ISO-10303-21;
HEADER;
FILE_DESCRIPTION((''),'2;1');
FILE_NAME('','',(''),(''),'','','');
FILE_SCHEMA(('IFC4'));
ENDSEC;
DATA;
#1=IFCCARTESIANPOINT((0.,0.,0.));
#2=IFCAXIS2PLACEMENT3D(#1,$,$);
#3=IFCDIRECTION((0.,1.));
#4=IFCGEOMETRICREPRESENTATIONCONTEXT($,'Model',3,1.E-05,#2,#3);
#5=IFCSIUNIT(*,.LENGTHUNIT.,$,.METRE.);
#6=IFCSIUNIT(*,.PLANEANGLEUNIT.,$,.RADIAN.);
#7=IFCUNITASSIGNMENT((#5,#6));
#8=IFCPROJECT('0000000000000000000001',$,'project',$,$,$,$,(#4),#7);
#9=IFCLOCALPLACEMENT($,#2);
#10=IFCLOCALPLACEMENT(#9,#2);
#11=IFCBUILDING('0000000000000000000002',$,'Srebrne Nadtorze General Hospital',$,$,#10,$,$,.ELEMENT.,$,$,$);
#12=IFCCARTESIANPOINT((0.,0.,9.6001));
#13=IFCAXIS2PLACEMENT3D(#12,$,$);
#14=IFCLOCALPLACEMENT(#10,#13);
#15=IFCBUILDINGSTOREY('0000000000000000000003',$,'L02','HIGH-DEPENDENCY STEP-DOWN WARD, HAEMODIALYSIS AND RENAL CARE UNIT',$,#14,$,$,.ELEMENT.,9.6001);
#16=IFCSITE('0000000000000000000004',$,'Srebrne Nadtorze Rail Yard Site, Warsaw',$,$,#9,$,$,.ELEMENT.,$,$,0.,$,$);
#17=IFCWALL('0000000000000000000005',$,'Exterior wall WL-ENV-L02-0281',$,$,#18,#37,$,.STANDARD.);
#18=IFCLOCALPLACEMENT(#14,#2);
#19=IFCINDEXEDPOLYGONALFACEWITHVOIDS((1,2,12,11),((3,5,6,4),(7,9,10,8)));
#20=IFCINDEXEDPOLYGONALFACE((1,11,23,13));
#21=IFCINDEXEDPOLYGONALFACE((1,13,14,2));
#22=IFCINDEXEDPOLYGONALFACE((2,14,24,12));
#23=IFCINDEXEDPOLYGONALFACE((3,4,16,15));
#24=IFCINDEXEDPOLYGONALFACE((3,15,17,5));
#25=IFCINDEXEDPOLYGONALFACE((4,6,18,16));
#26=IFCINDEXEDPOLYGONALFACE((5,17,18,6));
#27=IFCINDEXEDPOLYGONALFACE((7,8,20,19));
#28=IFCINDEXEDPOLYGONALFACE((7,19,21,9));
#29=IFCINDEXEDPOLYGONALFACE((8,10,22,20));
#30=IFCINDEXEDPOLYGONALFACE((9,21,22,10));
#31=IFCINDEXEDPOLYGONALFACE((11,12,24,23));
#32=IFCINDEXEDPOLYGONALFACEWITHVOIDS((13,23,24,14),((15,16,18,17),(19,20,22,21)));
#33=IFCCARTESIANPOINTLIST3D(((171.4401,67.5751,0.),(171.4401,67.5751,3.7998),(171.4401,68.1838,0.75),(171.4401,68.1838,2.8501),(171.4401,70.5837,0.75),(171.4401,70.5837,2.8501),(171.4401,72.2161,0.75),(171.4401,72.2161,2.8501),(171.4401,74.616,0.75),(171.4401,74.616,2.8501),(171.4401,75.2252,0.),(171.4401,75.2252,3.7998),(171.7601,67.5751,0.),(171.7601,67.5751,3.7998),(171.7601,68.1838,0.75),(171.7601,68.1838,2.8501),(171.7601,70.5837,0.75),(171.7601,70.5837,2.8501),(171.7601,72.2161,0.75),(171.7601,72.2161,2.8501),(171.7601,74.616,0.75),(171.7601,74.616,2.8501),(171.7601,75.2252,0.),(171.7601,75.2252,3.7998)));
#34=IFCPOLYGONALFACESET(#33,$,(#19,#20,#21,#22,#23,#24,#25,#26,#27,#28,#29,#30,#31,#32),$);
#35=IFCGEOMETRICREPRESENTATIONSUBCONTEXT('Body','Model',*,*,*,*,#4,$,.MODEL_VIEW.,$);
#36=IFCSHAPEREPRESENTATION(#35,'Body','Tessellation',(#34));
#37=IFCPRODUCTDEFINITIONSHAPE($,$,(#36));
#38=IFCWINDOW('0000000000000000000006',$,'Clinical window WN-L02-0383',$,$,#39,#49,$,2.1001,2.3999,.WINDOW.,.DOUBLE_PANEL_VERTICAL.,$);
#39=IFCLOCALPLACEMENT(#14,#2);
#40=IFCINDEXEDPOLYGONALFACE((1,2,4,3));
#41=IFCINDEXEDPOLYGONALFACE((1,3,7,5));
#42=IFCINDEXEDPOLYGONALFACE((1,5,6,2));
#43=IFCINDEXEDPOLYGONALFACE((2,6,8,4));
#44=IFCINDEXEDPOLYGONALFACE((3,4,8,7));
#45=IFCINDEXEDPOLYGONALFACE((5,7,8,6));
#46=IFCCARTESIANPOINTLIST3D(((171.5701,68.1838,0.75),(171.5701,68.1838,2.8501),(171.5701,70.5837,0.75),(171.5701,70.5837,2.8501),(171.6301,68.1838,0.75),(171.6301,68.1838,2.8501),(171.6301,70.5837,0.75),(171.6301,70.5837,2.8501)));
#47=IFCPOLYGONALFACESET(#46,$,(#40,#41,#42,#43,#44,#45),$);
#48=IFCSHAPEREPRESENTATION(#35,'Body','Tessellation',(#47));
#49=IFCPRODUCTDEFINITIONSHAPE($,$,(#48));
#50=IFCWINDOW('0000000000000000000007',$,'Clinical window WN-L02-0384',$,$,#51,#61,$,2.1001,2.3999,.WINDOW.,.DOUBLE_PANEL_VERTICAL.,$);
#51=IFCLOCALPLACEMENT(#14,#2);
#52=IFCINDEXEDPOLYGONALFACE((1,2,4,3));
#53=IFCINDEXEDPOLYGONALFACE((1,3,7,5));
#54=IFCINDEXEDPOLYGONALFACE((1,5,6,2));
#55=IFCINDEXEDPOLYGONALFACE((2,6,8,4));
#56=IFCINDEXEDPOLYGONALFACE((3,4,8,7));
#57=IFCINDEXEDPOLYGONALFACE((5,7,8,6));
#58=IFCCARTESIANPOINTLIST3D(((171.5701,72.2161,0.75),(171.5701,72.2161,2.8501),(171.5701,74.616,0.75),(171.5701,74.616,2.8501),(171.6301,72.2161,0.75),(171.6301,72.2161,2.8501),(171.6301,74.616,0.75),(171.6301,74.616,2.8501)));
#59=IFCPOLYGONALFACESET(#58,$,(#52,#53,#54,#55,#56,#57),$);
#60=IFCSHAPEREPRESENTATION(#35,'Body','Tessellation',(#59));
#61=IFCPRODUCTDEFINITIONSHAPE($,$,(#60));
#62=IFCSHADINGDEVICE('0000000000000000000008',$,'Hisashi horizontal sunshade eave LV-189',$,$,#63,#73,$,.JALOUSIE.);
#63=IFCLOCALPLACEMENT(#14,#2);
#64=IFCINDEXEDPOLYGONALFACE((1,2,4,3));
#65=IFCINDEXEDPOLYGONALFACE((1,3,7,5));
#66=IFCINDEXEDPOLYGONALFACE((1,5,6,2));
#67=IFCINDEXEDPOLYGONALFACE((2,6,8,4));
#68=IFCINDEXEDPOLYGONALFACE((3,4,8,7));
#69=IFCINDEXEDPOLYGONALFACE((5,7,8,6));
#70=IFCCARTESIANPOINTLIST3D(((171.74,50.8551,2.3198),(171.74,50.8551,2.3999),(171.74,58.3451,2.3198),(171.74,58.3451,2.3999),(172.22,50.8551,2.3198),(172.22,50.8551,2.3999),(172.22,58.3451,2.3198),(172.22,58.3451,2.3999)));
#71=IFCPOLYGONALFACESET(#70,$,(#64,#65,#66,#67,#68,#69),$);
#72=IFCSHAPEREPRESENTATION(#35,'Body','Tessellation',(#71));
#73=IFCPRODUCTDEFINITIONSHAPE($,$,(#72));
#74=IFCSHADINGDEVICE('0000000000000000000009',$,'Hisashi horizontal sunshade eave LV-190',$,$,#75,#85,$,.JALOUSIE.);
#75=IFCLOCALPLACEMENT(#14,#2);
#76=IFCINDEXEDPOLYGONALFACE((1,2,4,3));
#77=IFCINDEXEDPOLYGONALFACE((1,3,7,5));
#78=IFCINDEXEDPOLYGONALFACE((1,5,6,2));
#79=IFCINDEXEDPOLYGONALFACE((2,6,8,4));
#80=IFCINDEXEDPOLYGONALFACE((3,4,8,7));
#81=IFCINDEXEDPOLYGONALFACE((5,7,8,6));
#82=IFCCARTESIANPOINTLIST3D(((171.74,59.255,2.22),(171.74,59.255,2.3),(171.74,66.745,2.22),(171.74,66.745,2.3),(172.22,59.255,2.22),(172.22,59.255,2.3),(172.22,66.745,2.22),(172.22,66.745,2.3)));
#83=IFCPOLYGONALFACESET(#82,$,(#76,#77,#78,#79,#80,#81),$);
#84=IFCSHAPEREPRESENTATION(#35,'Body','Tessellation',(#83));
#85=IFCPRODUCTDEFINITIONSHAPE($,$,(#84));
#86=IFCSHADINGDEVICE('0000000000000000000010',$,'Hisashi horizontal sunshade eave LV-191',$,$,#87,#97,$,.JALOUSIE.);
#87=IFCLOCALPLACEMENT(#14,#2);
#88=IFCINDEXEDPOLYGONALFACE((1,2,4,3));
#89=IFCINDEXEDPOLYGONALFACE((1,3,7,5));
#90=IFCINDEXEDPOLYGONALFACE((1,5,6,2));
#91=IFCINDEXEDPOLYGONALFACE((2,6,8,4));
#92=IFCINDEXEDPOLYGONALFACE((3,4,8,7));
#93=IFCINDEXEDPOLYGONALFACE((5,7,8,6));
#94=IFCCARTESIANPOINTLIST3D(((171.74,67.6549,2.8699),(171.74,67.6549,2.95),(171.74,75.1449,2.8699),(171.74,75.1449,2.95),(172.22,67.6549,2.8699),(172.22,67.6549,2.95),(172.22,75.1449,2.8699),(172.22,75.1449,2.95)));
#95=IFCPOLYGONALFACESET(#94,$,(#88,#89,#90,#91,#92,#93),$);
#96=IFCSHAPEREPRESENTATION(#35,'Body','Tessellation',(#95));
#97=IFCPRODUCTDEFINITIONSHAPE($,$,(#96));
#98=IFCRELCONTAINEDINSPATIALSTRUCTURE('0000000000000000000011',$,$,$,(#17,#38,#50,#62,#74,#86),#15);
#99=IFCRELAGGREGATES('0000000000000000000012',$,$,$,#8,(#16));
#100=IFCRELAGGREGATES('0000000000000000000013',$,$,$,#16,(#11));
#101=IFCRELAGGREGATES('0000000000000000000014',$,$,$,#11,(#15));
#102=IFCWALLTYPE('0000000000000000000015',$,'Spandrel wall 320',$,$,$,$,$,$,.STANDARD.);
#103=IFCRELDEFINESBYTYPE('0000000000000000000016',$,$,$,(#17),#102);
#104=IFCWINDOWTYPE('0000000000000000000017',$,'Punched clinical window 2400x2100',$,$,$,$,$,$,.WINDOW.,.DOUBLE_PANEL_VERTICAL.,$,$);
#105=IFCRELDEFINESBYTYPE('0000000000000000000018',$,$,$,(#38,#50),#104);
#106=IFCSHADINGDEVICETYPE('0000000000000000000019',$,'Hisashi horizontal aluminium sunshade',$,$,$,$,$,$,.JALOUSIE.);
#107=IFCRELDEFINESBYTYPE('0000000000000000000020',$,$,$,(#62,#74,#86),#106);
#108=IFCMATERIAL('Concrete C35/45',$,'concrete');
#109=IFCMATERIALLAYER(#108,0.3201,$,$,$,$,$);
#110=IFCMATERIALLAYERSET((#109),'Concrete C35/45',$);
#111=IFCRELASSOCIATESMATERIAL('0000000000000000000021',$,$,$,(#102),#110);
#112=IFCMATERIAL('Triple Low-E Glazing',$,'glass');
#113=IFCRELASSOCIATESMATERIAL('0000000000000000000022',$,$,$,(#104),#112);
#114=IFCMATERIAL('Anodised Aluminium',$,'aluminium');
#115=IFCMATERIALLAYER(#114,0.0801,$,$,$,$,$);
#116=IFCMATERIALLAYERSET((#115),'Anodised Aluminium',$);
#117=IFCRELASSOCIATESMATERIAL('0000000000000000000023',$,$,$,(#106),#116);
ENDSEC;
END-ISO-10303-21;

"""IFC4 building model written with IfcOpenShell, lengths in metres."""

from ifc_helpers import new_model, si_unit, direction, frame, frame_2d, origin, origin_2d, place, context, subcontext, project, spatial, rectangle, extrude, material, layer, layer_set, type_object, element, fill, save


model = new_model("IFC4")

# Units and contexts
model_context = context("Model", 3, precision=1e-05, world=origin(), true_north=direction((0.0, 1.0)))
body_context = subcontext(model_context, "Body", "Model", "MODEL_VIEW")
ifc_project = project(units=[si_unit("LENGTHUNIT", "METRE"), si_unit("PLANEANGLEUNIT", "RADIAN")], contexts=[model_context])

# Site, building, storey
site_placement = place(None, origin())
site = spatial("IfcSite", under=ifc_project, at=site_placement, Name="Srebrne Nadtorze Rail Yard Site, Warsaw", CompositionType="ELEMENT", RefElevation=0.0)
building_placement = place(site_placement, origin())
building = spatial("IfcBuilding", under=site, at=building_placement, Name="Srebrne Nadtorze General Hospital", CompositionType="ELEMENT")
storey_placement = place(building_placement, frame((0.0, 0.0, 9.6001)))
storey = spatial("IfcBuildingStorey", under=building, at=storey_placement, Name="L02", Description="HIGH-DEPENDENCY STEP-DOWN WARD, HAEMODIALYSIS AND RENAL CARE UNIT", CompositionType="ELEMENT", Elevation=9.6001)

# Wall, openings, windows
ifc_material_1 = material(Name="Concrete C35/45", Category="concrete")
ifc_layer_1 = layer(ifc_material_1, 0.3201)
ifc_layer_set_1 = layer_set([ifc_layer_1], Name="Concrete C35/45")
wall_type_1 = type_object("IfcWallType", Name="Spandrel wall 320", PredefinedType="STANDARD", material=ifc_layer_set_1)
wall_1_placement = place(storey_placement, frame((171.6001, 67.575, 0.0), z_axis=(0.0, 0.0, 1.0), x_axis=(0.0, 1.0, 0.0)))
wall_1 = element("IfcWall", 1, at=wall_1_placement, inside=storey, type_object=wall_type_1, Name="Exterior wall WL-ENV-L02-0281", PredefinedType="STANDARD", context=body_context, shape_type="SweptSolid", body=[
    extrude(rectangle(XDim=7.6501, YDim=0.3201, at=frame_2d((3.8252, 0.0))), origin(), (0.0, 0.0, 1.0), 3.7998),
])
opening_1_placement = place(wall_1_placement, frame((0.6089, 0.0, 0.75)))
opening_1 = element("IfcOpeningElement", 2, at=opening_1_placement, cuts=wall_1, PredefinedType="OPENING", context=body_context, shape_type="SweptSolid", body=[
    extrude(rectangle(XDim=2.3999, YDim=2.1001, at=frame_2d((1.2, 1.05))), frame((0.0, 0.1719, 0.0), z_axis=(0.0, -1.0, 0.0), x_axis=(1.0, 0.0, 0.0)), (0.0, 0.0, 1.0), 0.344),
])
opening_2_placement = place(wall_1_placement, frame((4.6411, 0.0, 0.75)))
opening_2 = element("IfcOpeningElement", 3, at=opening_2_placement, cuts=wall_1, PredefinedType="OPENING", context=body_context, shape_type="SweptSolid", body=[
    extrude(rectangle(XDim=2.3999, YDim=2.1001, at=frame_2d((1.2, 1.05))), frame((0.0, 0.1719, 0.0), z_axis=(0.0, -1.0, 0.0), x_axis=(1.0, 0.0, 0.0)), (0.0, 0.0, 1.0), 0.344),
])
ifc_material_2 = material(Name="Triple Low-E Glazing", Category="glass")
window_type_1 = type_object("IfcWindowType", Name="Punched clinical window 2400x2100", PartitioningType="DOUBLE_PANEL_VERTICAL", PredefinedType="WINDOW", material=ifc_material_2)
window_1_placement = place(opening_1_placement, origin())
window_1 = element("IfcWindow", 4, at=window_1_placement, inside=storey, type_object=window_type_1, Name="Clinical window WN-L02-0383", OverallHeight=2.1001, OverallWidth=2.3999, PartitioningType="DOUBLE_PANEL_VERTICAL", PredefinedType="WINDOW", context=body_context, shape_type="SweptSolid", body=[
    extrude(rectangle(XDim=2.3999, YDim=2.1001, at=frame_2d((1.2, 1.05))), frame((0.0, 0.03, 0.0), z_axis=(0.0, -1.0, 0.0), x_axis=(1.0, 0.0, 0.0)), (0.0, 0.0, 1.0), 0.0601),
])
fill(opening_1, window_1)
window_2_placement = place(opening_2_placement, origin())
window_2 = element("IfcWindow", 5, at=window_2_placement, inside=storey, type_object=window_type_1, Name="Clinical window WN-L02-0384", OverallHeight=2.1001, OverallWidth=2.3999, PartitioningType="DOUBLE_PANEL_VERTICAL", PredefinedType="WINDOW", context=body_context, shape_type="SweptSolid", body=[
    extrude(rectangle(XDim=2.3999, YDim=2.1001, at=frame_2d((1.2, 1.05))), frame((0.0, 0.03, 0.0), z_axis=(0.0, -1.0, 0.0), x_axis=(1.0, 0.0, 0.0)), (0.0, 0.0, 1.0), 0.0601),
])
fill(opening_2, window_2)

# Shading devices
ifc_material_3 = material(Name="Anodised Aluminium", Category="aluminium")
ifc_layer_2 = layer(ifc_material_3, 0.0801)
ifc_layer_set_2 = layer_set([ifc_layer_2], Name="Anodised Aluminium")
shading_device_type = type_object("IfcShadingDeviceType", Name="Hisashi horizontal aluminium sunshade", PredefinedType="JALOUSIE", material=ifc_layer_set_2)
for number, where, z_axis, x_axis, name in (
    (6, (171.98, 54.6001, 2.3198), (0.0, 0.0, 1.0), (1.0, 0.0, 0.0), "Hisashi horizontal sunshade eave LV-189"),
    (7, (171.98, 63.0, 2.22), (0.0, 0.0, 1.0), (1.0, 0.0, 0.0), "Hisashi horizontal sunshade eave LV-190"),
    (8, (171.98, 71.3999, 2.8699), (0.0, 0.0, 1.0), (1.0, 0.0, 0.0), "Hisashi horizontal sunshade eave LV-191"),
):
    element("IfcShadingDevice", number, at=place(storey_placement, frame(where, z_axis=z_axis, x_axis=x_axis)), inside=storey, type_object=shading_device_type, Name=name, PredefinedType="JALOUSIE", context=body_context, shape_type="SweptSolid", body=[
        extrude(rectangle(XDim=0.48, YDim=7.49, at=origin_2d()), origin(), (0.0, 0.0, 1.0), 0.0801),
    ])

save(model, "model.ifc")
